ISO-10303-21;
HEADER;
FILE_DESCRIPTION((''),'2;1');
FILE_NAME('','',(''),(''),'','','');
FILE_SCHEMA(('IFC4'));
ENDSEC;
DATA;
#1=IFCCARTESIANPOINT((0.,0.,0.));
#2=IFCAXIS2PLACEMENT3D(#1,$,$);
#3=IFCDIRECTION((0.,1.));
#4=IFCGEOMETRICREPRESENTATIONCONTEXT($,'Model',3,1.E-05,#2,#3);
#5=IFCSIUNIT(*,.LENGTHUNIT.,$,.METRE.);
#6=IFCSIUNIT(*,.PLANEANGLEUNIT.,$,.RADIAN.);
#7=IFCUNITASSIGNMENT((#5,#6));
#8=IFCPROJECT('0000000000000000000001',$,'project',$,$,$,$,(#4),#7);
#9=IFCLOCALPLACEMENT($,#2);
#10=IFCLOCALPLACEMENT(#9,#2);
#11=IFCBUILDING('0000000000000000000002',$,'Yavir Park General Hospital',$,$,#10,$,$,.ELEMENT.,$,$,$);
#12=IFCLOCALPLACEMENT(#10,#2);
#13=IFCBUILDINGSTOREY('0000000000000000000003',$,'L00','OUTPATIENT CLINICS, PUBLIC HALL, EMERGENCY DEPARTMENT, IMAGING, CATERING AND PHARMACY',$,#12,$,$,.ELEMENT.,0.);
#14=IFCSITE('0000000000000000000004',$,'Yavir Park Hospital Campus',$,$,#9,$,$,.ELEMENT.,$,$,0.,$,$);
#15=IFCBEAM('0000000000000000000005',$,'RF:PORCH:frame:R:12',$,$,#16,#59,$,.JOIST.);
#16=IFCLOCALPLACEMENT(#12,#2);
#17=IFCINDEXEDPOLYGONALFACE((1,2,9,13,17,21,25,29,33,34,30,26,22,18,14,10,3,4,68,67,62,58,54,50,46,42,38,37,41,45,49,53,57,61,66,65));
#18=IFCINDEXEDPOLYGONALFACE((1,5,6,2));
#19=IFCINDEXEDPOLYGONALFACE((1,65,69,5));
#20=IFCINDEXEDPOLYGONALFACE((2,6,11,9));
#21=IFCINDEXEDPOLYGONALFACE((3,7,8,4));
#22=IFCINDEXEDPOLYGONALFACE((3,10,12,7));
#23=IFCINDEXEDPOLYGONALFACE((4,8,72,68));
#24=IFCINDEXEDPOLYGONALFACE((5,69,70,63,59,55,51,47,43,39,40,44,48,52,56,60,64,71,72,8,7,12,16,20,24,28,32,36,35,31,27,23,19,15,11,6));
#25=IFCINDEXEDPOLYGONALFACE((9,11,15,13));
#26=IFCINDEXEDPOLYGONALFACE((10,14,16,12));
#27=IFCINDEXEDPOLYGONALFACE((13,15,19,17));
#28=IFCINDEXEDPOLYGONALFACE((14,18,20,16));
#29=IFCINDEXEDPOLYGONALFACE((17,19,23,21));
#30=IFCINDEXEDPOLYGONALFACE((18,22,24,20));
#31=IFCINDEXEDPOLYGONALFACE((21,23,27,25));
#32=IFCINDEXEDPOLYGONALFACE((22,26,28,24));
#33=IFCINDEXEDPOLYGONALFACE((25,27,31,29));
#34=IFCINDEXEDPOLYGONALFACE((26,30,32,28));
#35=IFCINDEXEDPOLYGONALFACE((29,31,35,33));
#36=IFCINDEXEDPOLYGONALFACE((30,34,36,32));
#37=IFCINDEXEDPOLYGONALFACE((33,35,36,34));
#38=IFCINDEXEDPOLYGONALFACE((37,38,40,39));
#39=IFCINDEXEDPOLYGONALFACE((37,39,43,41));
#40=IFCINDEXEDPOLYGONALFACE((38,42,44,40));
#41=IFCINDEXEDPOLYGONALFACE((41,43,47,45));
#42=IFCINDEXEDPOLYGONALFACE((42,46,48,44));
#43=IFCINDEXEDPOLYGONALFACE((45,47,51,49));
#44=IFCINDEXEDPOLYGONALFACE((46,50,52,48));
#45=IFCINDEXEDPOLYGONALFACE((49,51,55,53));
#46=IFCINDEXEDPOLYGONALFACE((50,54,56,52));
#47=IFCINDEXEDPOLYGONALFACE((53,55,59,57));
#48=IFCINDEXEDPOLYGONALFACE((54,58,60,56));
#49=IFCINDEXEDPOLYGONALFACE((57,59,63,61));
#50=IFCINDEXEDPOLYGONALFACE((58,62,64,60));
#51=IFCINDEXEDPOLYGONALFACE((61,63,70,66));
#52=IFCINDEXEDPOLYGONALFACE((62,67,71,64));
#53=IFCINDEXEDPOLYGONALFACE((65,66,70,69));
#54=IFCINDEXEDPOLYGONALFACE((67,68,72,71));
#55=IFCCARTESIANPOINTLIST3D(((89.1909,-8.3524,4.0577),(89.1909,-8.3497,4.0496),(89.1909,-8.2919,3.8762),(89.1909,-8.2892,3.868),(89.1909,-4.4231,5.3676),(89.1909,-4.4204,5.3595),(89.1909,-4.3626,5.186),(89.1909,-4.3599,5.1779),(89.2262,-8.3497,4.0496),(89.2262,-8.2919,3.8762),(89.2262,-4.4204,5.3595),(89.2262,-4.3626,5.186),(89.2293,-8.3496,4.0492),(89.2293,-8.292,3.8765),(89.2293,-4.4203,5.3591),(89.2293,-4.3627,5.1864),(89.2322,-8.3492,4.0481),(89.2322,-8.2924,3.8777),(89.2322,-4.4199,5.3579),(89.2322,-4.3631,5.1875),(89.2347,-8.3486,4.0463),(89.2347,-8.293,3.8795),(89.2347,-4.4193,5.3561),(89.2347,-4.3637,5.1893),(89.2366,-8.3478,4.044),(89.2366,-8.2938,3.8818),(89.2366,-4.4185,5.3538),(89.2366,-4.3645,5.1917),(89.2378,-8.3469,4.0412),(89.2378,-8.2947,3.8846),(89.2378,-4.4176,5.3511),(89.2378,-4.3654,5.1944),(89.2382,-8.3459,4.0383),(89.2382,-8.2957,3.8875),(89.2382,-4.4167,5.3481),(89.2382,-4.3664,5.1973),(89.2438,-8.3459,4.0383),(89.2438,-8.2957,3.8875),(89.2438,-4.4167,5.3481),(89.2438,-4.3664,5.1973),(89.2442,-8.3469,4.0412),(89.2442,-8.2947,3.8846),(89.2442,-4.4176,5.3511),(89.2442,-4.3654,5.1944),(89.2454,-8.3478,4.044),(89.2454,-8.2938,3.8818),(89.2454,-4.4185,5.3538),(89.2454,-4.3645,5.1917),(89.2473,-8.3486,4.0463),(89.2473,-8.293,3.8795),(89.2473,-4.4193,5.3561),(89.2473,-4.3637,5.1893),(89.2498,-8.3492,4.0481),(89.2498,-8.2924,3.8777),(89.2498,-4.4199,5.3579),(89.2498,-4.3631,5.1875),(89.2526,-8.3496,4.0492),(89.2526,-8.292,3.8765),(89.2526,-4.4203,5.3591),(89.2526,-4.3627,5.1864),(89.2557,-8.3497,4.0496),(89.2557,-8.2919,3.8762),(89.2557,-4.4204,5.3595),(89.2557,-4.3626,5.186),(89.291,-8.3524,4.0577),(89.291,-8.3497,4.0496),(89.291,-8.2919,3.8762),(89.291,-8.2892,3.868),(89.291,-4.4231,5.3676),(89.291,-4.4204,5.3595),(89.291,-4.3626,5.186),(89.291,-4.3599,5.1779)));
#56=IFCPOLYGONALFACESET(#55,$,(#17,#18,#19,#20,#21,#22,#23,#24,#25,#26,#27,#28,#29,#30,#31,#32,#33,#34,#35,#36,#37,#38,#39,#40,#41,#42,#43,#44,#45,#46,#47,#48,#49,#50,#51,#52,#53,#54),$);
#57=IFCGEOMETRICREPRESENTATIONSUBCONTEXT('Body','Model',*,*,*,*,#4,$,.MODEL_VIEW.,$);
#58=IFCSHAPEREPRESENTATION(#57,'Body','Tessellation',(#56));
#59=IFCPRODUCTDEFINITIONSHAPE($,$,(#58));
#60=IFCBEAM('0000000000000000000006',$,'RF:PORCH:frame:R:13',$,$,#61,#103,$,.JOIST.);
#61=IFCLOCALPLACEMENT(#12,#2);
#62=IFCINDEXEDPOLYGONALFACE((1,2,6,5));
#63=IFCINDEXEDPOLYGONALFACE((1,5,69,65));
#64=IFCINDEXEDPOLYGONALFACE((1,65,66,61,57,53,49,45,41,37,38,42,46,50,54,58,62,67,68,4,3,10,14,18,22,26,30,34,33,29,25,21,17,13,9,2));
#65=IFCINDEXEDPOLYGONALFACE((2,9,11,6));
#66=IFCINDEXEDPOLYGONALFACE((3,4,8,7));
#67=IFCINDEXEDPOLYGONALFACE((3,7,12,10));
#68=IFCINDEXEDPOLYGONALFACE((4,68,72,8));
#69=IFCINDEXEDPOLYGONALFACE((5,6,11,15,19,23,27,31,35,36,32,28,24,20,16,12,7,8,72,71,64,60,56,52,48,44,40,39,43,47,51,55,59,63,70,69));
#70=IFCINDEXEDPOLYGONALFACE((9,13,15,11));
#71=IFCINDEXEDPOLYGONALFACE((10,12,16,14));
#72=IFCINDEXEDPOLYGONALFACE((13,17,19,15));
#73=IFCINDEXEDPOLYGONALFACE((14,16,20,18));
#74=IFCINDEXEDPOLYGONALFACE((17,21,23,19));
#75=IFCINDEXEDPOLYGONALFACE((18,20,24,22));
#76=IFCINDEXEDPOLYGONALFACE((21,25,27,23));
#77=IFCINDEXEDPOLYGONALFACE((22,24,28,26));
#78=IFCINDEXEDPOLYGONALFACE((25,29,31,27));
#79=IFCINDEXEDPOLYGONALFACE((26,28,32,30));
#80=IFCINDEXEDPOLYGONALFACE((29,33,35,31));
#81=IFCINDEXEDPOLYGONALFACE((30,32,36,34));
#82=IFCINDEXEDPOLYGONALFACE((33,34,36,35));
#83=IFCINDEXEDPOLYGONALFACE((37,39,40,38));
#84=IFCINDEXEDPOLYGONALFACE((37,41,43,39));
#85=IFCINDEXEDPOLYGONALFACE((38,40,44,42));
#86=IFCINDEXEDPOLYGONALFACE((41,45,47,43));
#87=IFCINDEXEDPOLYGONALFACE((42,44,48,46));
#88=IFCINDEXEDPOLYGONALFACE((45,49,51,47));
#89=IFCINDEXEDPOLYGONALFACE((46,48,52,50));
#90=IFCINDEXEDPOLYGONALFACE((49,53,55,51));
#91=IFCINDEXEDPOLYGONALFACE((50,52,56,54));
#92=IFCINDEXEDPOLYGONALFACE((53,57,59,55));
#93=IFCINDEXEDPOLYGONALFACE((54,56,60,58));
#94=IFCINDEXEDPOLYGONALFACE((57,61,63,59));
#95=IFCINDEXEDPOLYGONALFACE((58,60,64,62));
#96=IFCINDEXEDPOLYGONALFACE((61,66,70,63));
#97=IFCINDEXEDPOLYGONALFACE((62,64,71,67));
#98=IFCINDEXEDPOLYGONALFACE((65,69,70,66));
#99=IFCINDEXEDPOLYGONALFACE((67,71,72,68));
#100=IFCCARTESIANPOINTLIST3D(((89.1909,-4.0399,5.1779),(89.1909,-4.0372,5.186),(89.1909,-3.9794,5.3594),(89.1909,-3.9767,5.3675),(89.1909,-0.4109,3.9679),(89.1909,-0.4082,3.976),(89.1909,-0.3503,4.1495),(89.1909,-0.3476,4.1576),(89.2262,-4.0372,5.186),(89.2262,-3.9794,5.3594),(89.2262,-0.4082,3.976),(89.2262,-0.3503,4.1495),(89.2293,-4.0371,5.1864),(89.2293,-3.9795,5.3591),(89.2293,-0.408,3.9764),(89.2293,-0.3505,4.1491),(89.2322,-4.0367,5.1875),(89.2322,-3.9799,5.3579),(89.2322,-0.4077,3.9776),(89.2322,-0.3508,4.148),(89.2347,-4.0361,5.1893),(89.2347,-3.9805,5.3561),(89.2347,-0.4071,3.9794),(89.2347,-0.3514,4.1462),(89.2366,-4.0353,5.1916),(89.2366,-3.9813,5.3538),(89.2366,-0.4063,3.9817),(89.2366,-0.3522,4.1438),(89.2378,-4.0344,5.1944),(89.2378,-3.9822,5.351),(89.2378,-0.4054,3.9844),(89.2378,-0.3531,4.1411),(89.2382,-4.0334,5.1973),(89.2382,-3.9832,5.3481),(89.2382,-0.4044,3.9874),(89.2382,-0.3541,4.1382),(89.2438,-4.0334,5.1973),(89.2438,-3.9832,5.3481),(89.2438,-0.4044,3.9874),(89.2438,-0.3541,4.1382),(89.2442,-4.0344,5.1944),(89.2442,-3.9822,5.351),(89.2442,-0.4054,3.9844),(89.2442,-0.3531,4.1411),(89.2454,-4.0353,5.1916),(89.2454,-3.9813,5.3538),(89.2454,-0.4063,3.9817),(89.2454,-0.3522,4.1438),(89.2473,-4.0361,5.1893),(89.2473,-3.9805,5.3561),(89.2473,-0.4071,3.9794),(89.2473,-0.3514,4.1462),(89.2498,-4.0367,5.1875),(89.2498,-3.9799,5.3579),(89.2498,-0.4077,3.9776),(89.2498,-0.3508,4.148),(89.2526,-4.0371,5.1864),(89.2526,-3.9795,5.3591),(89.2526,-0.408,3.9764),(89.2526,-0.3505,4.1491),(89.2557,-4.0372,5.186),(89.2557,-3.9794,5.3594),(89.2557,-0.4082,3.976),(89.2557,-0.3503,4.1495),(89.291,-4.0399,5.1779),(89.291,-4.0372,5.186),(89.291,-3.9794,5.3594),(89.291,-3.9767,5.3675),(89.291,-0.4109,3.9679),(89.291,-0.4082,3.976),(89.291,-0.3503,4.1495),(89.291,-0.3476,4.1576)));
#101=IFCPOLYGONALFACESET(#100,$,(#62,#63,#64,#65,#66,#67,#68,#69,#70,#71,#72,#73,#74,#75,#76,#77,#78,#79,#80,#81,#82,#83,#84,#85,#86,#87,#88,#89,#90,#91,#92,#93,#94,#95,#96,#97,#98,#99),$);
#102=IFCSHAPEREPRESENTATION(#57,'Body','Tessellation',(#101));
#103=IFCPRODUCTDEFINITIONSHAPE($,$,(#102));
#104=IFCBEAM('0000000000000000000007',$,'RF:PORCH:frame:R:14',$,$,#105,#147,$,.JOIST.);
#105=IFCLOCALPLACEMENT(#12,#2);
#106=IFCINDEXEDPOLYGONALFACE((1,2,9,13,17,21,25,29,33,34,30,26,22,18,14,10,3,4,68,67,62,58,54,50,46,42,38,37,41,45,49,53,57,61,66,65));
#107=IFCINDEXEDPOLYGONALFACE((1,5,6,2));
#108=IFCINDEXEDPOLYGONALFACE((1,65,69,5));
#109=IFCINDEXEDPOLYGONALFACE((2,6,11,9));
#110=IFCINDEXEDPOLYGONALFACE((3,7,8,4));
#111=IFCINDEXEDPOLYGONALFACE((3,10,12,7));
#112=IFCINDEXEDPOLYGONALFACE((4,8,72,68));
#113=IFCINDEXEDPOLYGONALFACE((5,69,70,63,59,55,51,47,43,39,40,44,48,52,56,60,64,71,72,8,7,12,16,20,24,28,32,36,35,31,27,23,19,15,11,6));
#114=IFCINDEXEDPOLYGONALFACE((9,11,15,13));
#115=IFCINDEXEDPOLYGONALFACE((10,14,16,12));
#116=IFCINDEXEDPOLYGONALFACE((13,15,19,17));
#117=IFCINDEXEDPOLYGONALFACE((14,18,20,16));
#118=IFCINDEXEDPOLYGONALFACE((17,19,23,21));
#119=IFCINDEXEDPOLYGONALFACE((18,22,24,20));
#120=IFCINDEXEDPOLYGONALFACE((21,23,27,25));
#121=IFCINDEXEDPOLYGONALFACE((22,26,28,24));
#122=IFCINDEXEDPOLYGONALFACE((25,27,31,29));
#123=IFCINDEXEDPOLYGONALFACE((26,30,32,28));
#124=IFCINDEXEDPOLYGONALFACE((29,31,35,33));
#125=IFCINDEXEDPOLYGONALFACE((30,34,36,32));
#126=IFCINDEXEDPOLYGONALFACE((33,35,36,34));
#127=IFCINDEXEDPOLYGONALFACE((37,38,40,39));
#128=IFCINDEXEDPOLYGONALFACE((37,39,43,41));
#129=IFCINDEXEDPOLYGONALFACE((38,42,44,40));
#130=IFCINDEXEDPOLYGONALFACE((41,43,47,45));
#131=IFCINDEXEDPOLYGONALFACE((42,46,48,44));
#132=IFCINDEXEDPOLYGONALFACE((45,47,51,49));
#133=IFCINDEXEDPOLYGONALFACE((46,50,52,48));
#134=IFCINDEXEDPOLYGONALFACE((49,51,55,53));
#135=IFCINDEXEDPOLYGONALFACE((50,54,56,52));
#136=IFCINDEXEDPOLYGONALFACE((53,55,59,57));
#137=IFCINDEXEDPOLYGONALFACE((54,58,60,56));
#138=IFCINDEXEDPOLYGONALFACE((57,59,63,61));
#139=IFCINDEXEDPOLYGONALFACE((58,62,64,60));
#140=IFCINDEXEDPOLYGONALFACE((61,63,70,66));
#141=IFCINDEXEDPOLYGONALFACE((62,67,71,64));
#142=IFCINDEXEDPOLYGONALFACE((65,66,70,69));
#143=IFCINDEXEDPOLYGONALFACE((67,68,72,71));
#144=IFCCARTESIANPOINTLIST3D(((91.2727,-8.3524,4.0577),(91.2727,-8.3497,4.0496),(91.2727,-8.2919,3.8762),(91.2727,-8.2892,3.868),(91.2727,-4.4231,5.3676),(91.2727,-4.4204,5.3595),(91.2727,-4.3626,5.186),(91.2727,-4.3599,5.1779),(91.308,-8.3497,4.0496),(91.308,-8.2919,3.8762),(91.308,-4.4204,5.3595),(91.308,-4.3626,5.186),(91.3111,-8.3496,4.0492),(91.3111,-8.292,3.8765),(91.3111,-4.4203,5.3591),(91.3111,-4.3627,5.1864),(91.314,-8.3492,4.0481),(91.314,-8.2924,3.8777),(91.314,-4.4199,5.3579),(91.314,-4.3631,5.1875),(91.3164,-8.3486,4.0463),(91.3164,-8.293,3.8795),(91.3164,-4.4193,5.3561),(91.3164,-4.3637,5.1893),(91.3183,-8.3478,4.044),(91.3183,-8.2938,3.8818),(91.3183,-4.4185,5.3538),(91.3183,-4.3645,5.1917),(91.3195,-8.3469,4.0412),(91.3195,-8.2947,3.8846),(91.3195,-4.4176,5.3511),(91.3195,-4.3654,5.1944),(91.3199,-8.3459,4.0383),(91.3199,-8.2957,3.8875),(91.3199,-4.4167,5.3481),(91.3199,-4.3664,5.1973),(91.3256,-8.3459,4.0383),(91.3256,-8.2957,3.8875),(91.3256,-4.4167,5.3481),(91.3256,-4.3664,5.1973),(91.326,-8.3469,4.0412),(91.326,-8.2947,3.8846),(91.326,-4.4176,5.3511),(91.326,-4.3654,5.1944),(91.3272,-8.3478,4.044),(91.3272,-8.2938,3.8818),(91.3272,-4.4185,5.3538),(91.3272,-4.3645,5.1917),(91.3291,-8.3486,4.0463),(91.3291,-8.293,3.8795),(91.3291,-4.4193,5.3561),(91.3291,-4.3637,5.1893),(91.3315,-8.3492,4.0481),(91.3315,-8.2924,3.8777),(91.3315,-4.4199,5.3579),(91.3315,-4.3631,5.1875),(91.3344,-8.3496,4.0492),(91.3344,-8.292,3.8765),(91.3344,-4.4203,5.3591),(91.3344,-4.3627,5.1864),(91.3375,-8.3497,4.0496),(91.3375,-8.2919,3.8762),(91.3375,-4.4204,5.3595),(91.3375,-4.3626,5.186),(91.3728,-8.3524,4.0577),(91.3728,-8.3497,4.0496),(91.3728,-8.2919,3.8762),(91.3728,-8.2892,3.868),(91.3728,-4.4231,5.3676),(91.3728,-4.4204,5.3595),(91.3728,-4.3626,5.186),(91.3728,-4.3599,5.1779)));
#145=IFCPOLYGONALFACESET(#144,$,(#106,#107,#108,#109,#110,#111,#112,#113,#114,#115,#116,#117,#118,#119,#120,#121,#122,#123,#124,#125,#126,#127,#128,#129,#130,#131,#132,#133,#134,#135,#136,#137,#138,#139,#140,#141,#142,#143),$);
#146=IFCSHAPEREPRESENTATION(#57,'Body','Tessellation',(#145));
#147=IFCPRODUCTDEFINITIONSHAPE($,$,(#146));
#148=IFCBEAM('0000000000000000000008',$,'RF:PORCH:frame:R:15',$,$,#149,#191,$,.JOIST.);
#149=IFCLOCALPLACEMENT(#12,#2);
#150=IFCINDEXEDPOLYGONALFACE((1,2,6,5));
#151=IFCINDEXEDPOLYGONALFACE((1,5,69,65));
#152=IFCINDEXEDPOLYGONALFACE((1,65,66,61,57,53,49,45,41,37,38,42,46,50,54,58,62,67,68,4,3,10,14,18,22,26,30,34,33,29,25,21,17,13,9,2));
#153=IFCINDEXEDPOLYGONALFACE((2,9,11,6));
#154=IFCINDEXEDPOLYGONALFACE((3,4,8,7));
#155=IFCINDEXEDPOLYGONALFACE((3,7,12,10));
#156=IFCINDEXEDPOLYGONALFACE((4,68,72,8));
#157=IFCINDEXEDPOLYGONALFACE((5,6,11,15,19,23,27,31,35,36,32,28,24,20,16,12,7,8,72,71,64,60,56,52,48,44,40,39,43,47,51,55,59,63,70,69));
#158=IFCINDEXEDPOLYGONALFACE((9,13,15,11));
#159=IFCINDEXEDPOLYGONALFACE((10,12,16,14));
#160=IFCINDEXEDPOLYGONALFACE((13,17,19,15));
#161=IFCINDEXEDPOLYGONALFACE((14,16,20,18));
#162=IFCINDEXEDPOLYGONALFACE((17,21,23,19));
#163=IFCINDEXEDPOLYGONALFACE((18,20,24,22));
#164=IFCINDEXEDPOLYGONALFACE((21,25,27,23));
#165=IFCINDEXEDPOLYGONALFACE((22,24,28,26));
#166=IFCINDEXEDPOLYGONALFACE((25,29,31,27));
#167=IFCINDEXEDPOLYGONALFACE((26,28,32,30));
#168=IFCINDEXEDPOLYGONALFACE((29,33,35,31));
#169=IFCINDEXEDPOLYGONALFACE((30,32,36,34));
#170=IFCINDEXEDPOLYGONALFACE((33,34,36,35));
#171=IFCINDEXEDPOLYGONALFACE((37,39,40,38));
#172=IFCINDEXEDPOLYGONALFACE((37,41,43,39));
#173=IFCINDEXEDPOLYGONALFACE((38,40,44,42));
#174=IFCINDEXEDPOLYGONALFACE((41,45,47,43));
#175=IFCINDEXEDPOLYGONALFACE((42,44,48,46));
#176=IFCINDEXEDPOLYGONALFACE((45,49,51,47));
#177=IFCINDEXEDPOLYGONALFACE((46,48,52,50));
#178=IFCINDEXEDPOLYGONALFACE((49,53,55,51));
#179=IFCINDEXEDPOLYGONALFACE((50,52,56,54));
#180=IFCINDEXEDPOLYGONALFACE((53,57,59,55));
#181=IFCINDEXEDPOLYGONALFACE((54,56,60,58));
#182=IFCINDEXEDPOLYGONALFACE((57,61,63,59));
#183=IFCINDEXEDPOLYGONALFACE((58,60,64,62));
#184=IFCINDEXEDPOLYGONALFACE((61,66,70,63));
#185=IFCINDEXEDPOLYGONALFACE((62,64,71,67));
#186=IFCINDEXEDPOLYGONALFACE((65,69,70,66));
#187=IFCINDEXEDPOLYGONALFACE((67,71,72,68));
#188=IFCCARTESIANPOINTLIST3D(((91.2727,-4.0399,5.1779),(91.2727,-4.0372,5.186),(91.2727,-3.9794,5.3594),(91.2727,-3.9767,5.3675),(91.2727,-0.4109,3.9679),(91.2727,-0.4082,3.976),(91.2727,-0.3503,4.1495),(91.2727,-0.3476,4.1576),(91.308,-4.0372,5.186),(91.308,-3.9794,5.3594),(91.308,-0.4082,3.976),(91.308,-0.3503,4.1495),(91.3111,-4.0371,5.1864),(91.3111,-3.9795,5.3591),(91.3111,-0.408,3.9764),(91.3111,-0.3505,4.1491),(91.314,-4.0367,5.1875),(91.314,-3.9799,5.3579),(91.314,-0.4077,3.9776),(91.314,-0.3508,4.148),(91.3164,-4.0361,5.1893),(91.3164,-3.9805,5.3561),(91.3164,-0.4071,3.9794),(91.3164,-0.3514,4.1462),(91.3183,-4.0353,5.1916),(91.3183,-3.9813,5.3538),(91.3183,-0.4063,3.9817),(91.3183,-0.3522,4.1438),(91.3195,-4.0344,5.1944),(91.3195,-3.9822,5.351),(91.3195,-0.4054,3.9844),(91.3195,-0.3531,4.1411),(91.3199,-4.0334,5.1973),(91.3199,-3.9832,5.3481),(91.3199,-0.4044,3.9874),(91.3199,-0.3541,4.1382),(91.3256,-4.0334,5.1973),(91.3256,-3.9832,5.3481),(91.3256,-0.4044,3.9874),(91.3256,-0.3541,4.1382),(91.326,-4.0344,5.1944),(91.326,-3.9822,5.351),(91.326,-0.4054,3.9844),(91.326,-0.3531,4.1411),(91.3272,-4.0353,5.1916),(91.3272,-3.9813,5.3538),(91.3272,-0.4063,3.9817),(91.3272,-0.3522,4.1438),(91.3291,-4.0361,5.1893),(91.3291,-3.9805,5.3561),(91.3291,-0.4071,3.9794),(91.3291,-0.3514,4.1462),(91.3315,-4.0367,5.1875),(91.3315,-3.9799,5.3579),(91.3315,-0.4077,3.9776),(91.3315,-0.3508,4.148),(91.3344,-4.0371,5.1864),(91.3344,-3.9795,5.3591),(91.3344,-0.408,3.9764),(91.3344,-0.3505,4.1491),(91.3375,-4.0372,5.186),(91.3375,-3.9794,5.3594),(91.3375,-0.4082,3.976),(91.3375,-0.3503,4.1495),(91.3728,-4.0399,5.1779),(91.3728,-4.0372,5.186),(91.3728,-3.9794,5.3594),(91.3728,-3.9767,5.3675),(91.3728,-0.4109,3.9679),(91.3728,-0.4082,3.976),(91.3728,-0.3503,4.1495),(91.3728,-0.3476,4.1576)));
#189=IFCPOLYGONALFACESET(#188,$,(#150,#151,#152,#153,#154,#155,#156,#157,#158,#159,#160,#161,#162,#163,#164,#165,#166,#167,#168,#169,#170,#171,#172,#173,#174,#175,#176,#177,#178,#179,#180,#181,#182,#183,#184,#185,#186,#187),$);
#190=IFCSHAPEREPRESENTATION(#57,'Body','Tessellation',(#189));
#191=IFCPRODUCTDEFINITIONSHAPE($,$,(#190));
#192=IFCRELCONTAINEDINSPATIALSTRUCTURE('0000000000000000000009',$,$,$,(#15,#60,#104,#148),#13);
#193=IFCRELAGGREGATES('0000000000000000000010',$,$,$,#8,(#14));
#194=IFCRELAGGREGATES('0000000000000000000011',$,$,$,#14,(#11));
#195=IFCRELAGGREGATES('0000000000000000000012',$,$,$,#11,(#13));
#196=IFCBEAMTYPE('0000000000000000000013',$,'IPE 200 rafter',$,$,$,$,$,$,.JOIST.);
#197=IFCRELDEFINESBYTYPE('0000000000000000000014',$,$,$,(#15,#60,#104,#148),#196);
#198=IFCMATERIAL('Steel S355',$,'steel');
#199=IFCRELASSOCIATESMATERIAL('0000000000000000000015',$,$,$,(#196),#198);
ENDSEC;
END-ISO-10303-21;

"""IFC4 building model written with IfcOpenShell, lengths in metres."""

from ifc_helpers import new_model, si_unit, direction, frame, origin, origin_2d, place, context, subcontext, project, spatial, i_section, extrude, material, material_profile, profile_set, type_object, element, save


model = new_model("IFC4")

# Units and contexts
model_context = context("Model", 3, precision=1e-05, world=origin(), true_north=direction((0.0, 1.0)))
body_context = subcontext(model_context, "Body", "Model", "MODEL_VIEW")
ifc_project = project(units=[si_unit("LENGTHUNIT", "METRE"), si_unit("PLANEANGLEUNIT", "RADIAN")], contexts=[model_context])

# Site, building, storey
site_placement = place(None, origin())
site = spatial("IfcSite", under=ifc_project, at=site_placement, Name="Yavir Park Hospital Campus", CompositionType="ELEMENT", RefElevation=0.0)
building_placement = place(site_placement, origin())
building = spatial("IfcBuilding", under=site, at=building_placement, Name="Yavir Park General Hospital", CompositionType="ELEMENT")
storey_placement = place(building_placement, origin())
storey = spatial("IfcBuildingStorey", under=building, at=storey_placement, Name="L00", Description="OUTPATIENT CLINICS, PUBLIC HALL, EMERGENCY DEPARTMENT, IMAGING, CATERING AND PHARMACY", CompositionType="ELEMENT", Elevation=0.0)

# Beams
ifc_material_1 = material(Name="Steel S355", Category="steel")
ifc_material_profile_1 = material_profile(ifc_material_1, i_section(OverallWidth=0.1001, OverallDepth=0.2, WebThickness=0.0056, FlangeThickness=0.0085, FilletRadius=0.012, at=origin_2d()), Name="IPE200")
ifc_profile_set_1 = profile_set([ifc_material_profile_1], Name="Steel S355")
beam_type_1 = type_object("IfcBeamType", Name="IPE 200 rafter", PredefinedType="JOIST", material=ifc_profile_set_1)
beam_1_placement = place(storey_placement, frame((89.241, -8.3208, 3.9629), z_axis=(0.0, 0.948677, 0.316245), x_axis=(-1.0, 0.0, 0.0)))
element("IfcBeam", 1, at=beam_1_placement, inside=storey, type_object=beam_type_1, Name="RF:PORCH:frame:R:12", PredefinedType="JOIST", context=body_context, shape_type="SweptSolid", body=[
    extrude(i_section(OverallWidth=0.1001, OverallDepth=0.2, WebThickness=0.0056, FlangeThickness=0.0085, FilletRadius=0.012, at=origin_2d()), origin(), (0.0, 0.0, 1.0), 4.1418),
])
beam_2_placement = place(storey_placement, frame((89.241, -4.0083, 5.2727), z_axis=(0.0, 0.948664, -0.316285), x_axis=(-1.0, 0.0, 0.0)))
element("IfcBeam", 2, at=beam_2_placement, inside=storey, type_object=beam_type_1, Name="RF:PORCH:frame:R:13", PredefinedType="JOIST", context=body_context, shape_type="SweptSolid", body=[
    extrude(i_section(OverallWidth=0.1001, OverallDepth=0.2, WebThickness=0.0056, FlangeThickness=0.0085, FilletRadius=0.012, at=origin_2d()), origin(), (0.0, 0.0, 1.0), 3.8254),
])
beam_3_placement = place(storey_placement, frame((91.3228, -8.3208, 3.9629), z_axis=(0.0, 0.948677, 0.316245), x_axis=(-1.0, 0.0, 0.0)))
element("IfcBeam", 3, at=beam_3_placement, inside=storey, type_object=beam_type_1, Name="RF:PORCH:frame:R:14", PredefinedType="JOIST", context=body_context, shape_type="SweptSolid", body=[
    extrude(i_section(OverallWidth=0.1001, OverallDepth=0.2, WebThickness=0.0056, FlangeThickness=0.0085, FilletRadius=0.012, at=origin_2d()), origin(), (0.0, 0.0, 1.0), 4.1418),
])
beam_4_placement = place(storey_placement, frame((91.3228, -4.0083, 5.2727), z_axis=(0.0, 0.948664, -0.316285), x_axis=(-1.0, 0.0, 0.0)))
element("IfcBeam", 4, at=beam_4_placement, inside=storey, type_object=beam_type_1, Name="RF:PORCH:frame:R:15", PredefinedType="JOIST", context=body_context, shape_type="SweptSolid", body=[
    extrude(i_section(OverallWidth=0.1001, OverallDepth=0.2, WebThickness=0.0056, FlangeThickness=0.0085, FilletRadius=0.012, at=origin_2d()), origin(), (0.0, 0.0, 1.0), 3.8254),
])

save(model, "model.ifc")
